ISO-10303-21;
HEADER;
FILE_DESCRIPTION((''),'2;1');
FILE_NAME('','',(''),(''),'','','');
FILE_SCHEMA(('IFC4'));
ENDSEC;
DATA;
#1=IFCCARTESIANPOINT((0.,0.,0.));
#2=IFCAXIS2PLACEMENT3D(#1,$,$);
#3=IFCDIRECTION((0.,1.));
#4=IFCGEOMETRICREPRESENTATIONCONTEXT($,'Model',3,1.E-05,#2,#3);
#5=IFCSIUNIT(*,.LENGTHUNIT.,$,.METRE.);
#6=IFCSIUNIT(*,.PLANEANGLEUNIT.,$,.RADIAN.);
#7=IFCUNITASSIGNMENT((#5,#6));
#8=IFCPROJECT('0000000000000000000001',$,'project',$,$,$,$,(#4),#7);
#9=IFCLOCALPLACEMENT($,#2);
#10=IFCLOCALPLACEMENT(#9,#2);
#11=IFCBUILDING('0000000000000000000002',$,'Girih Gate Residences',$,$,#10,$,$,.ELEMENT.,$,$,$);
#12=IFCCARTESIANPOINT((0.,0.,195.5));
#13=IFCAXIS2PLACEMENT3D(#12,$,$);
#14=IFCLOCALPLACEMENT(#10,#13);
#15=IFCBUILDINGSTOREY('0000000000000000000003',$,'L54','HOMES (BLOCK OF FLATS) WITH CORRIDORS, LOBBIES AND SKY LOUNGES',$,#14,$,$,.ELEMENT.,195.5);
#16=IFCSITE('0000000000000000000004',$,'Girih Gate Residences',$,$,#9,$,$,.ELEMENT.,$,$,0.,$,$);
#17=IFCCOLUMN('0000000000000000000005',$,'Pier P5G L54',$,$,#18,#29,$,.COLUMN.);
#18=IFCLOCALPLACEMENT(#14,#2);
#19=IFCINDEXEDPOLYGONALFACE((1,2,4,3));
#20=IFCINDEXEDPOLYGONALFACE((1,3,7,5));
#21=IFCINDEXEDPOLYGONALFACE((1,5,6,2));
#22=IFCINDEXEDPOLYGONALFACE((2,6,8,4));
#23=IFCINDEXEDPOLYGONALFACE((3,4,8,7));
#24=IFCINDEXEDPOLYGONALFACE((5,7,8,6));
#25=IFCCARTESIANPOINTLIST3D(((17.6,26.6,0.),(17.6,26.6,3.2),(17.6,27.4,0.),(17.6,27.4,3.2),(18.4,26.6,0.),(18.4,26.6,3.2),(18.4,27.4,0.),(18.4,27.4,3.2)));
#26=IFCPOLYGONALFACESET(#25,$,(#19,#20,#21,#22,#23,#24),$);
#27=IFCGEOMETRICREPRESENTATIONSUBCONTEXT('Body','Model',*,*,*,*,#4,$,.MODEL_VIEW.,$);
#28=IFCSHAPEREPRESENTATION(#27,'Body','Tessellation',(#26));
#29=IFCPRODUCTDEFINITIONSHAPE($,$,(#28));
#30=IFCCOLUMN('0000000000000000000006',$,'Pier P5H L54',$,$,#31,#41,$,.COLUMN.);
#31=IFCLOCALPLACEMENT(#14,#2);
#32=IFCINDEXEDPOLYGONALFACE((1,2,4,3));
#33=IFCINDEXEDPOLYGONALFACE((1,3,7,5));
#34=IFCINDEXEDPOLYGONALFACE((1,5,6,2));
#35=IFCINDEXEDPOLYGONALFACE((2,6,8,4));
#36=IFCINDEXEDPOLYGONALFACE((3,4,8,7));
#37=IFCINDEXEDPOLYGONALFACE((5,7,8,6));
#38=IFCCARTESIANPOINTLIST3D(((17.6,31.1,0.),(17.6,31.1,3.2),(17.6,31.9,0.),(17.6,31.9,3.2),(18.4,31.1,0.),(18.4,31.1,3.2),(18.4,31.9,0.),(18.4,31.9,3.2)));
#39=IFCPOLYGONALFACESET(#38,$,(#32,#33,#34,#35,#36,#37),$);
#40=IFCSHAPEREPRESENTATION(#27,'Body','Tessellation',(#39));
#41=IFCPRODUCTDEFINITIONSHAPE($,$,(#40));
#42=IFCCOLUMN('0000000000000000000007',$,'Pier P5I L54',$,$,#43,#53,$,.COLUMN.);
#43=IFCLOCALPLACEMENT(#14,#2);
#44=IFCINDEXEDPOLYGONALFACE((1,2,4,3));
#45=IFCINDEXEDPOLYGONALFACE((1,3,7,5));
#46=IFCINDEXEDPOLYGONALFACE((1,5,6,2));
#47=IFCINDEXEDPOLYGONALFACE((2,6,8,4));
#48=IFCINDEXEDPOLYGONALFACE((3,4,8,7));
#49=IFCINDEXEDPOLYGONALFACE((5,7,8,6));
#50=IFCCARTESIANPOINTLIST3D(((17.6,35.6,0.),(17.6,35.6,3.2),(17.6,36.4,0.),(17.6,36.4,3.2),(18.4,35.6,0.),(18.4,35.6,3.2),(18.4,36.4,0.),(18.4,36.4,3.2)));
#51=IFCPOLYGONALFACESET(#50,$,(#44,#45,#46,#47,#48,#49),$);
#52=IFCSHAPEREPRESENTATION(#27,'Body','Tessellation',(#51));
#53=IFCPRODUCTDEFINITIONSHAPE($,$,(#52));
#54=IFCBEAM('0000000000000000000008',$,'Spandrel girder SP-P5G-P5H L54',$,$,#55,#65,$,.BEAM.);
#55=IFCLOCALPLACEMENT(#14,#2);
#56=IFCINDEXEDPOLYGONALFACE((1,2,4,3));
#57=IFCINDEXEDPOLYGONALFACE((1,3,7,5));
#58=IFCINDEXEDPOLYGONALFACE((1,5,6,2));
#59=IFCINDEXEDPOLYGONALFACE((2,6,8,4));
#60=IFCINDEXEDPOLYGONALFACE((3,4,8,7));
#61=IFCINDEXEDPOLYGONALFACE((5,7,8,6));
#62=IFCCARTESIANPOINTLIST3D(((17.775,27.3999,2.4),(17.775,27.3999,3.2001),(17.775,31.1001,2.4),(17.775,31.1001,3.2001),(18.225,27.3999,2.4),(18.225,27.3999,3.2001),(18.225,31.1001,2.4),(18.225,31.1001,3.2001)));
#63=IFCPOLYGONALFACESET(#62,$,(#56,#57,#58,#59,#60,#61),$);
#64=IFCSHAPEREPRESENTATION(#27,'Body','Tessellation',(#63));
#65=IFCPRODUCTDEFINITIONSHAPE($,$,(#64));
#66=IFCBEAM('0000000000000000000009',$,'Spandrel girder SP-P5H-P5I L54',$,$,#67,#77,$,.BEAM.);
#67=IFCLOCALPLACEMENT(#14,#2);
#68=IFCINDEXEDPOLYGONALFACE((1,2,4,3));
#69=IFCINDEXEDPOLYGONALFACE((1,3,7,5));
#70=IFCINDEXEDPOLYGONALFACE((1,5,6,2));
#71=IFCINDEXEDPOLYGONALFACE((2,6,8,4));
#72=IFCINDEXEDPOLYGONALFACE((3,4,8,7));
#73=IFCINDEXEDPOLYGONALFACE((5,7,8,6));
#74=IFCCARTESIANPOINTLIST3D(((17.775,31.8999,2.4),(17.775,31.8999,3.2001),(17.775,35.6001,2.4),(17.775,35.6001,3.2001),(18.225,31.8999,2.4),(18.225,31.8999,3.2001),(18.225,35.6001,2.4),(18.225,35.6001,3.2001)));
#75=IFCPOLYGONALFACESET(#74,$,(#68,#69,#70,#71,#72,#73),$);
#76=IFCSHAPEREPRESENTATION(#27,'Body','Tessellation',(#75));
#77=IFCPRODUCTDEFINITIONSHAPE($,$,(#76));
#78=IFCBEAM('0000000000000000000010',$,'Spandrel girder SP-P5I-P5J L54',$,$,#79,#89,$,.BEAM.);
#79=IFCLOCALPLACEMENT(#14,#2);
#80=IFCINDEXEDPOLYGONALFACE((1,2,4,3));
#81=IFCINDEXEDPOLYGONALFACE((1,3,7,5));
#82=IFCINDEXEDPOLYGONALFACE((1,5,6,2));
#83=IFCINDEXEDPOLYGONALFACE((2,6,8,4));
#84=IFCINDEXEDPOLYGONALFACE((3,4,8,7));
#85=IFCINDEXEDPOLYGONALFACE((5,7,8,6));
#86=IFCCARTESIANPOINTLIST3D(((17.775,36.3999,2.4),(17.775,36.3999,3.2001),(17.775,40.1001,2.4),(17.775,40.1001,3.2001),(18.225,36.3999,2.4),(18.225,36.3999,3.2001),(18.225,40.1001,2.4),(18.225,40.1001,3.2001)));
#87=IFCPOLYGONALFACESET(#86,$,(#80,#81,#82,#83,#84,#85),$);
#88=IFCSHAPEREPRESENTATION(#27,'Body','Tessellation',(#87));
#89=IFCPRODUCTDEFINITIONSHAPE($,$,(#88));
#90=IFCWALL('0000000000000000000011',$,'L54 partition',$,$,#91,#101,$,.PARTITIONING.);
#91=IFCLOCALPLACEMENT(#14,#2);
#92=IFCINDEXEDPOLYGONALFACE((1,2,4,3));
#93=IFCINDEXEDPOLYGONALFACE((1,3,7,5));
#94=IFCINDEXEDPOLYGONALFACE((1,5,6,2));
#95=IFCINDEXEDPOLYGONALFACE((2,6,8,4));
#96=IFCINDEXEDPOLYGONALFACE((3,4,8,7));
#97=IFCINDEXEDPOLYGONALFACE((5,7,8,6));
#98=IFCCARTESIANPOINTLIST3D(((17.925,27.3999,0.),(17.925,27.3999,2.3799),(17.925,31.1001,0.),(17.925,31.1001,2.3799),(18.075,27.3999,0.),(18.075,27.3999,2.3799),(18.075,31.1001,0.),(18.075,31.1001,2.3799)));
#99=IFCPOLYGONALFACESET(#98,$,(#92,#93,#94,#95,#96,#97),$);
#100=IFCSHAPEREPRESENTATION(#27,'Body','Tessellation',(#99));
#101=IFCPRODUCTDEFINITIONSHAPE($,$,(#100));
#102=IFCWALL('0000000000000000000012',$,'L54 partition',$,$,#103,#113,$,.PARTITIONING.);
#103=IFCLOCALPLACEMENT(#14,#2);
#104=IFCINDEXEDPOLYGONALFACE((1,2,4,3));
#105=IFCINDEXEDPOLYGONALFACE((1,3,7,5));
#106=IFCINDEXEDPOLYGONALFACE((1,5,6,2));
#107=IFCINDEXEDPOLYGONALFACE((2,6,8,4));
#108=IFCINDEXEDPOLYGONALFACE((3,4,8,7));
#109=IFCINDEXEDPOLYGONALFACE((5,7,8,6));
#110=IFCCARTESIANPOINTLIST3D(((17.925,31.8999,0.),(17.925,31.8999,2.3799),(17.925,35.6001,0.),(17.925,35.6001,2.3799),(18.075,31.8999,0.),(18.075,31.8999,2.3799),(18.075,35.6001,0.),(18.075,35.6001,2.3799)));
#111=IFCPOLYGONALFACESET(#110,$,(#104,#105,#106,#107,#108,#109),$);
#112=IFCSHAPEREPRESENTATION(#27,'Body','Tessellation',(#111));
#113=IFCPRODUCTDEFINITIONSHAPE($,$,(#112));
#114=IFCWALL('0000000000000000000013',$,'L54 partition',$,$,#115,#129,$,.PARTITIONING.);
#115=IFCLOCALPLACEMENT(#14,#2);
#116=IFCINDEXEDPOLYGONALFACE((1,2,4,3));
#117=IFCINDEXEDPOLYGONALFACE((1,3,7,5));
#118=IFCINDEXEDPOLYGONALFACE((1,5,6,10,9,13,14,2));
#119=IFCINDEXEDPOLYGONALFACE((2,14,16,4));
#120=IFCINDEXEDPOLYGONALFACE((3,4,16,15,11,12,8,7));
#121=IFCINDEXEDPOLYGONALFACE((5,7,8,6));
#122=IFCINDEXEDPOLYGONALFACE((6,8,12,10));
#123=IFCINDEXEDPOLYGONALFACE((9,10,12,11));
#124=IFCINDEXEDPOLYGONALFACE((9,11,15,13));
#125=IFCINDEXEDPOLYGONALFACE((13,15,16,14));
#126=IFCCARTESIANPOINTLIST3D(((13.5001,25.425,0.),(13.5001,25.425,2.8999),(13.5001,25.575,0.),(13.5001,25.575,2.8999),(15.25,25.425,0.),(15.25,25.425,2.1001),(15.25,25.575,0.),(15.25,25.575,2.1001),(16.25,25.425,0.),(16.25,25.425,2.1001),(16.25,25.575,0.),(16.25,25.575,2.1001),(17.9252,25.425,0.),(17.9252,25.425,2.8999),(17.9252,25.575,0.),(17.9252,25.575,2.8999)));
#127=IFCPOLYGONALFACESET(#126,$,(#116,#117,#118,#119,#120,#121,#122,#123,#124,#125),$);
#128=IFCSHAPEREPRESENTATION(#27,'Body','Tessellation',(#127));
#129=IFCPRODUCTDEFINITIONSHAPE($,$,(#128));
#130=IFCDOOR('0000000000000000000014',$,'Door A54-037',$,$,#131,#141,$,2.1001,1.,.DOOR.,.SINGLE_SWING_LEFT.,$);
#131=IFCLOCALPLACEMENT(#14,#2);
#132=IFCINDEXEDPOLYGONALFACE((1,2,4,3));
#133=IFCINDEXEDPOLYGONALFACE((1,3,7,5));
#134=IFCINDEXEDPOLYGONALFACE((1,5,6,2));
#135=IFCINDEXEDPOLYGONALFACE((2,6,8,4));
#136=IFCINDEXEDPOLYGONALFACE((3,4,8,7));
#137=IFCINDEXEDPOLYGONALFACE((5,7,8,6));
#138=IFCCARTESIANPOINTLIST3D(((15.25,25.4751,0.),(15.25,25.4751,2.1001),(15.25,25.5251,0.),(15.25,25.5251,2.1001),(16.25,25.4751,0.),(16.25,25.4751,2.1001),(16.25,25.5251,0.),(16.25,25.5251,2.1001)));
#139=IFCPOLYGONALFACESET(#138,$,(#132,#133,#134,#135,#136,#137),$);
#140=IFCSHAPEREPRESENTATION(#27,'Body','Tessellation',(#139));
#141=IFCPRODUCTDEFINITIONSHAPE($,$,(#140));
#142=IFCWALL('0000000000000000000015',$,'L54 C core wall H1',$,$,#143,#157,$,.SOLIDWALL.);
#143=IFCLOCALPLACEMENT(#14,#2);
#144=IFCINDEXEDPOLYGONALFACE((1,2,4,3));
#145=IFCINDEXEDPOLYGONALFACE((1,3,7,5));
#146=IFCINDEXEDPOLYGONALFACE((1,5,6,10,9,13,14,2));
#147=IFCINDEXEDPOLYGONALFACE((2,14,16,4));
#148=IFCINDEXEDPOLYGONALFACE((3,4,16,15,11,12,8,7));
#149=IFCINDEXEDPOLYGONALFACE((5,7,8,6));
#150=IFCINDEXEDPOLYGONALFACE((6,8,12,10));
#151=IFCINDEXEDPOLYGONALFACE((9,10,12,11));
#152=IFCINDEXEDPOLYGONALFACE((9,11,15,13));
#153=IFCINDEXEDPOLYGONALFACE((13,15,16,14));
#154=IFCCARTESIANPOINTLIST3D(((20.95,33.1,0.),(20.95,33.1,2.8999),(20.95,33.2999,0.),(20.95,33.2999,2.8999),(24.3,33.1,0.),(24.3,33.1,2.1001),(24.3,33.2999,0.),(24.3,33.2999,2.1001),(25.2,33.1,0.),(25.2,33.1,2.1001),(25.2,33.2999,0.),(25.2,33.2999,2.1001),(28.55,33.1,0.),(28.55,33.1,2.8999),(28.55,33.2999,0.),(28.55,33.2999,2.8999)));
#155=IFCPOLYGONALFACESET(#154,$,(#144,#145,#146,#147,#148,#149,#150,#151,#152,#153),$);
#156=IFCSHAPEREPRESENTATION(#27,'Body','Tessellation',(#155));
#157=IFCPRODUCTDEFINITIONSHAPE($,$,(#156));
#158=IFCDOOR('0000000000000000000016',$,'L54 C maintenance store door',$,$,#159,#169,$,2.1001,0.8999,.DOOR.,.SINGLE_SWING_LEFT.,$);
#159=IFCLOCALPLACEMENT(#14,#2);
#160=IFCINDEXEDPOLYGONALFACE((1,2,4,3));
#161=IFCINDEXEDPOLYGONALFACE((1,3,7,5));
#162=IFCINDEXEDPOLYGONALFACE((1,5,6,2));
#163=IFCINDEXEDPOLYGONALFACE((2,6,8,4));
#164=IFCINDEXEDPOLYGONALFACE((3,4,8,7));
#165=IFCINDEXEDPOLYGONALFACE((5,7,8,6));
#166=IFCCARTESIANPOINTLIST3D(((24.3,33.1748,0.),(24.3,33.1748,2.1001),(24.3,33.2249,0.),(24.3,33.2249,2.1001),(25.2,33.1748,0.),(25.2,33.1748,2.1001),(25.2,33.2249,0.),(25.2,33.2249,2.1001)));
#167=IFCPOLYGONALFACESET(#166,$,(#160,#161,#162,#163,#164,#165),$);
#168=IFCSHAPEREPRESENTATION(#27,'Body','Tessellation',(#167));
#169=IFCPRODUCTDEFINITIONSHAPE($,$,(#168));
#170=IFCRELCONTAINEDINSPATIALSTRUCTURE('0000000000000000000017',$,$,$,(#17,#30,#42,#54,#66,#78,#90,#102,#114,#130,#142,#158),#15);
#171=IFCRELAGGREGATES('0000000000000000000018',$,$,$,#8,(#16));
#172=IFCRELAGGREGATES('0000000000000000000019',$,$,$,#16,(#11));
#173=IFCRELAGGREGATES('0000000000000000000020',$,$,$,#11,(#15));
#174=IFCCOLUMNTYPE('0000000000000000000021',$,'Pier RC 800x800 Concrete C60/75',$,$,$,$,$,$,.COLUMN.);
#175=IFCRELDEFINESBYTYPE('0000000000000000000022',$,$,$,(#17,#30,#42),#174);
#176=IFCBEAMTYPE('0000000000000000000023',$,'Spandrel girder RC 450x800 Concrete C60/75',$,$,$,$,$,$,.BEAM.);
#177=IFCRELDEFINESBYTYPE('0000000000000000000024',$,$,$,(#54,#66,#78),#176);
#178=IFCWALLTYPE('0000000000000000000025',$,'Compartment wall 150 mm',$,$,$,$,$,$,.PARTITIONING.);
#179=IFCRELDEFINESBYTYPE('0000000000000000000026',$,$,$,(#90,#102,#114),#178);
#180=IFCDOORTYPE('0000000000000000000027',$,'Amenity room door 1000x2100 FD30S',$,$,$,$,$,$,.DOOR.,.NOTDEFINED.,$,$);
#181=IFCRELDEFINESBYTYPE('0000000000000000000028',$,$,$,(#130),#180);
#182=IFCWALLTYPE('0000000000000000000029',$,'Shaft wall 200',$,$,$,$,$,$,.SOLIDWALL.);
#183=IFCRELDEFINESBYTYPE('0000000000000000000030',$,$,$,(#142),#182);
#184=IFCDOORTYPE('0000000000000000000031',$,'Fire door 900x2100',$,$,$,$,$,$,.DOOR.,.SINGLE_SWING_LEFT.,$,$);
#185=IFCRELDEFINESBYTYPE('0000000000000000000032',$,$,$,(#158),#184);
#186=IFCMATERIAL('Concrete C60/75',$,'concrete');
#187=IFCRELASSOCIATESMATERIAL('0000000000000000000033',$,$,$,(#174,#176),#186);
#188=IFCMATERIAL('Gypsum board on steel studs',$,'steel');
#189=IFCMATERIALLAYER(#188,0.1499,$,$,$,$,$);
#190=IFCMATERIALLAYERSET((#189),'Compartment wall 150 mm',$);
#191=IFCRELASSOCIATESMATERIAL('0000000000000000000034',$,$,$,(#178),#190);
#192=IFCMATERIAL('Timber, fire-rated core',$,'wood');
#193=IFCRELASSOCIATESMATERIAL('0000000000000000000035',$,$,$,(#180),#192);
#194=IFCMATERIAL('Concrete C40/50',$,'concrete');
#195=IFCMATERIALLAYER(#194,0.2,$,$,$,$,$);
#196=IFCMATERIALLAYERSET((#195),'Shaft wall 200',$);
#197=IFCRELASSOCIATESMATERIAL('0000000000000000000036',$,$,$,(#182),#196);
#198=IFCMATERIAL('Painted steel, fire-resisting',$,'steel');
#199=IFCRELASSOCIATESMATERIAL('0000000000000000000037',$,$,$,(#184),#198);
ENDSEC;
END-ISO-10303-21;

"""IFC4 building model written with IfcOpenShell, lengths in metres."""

from ifc_helpers import new_model, si_unit, direction, frame, frame_2d, origin, origin_2d, place, context, subcontext, project, spatial, rectangle, extrude, material, layer, layer_set, material_profile, profile_set, type_object, element, fill, save


model = new_model("IFC4")

# Units and contexts
model_context = context("Model", 3, precision=1e-05, world=origin(), true_north=direction((0.0, 1.0)))
body_context = subcontext(model_context, "Body", "Model", "MODEL_VIEW")
ifc_project = project(units=[si_unit("LENGTHUNIT", "METRE"), si_unit("PLANEANGLEUNIT", "RADIAN")], contexts=[model_context])

# Site, building, storey
site_placement = place(None, origin())
site = spatial("IfcSite", under=ifc_project, at=site_placement, Name="Girih Gate Residences", CompositionType="ELEMENT", RefElevation=0.0)
building_placement = place(site_placement, origin())
building = spatial("IfcBuilding", under=site, at=building_placement, Name="Girih Gate Residences", CompositionType="ELEMENT")
storey_placement = place(building_placement, frame((0.0, 0.0, 195.5)))
storey = spatial("IfcBuildingStorey", under=building, at=storey_placement, Name="L54", Description="HOMES (BLOCK OF FLATS) WITH CORRIDORS, LOBBIES AND SKY LOUNGES", CompositionType="ELEMENT", Elevation=195.5)

# Columns
ifc_material_1 = material(Name="Concrete C60/75", Category="concrete")
ifc_material_profile_1 = material_profile(ifc_material_1, rectangle(XDim=0.8, YDim=0.8, at=origin_2d()))
ifc_profile_set_1 = profile_set([ifc_material_profile_1], Name="Concrete C60/75")
column_type = type_object("IfcColumnType", Name="Pier RC 800x800 Concrete C60/75", PredefinedType="COLUMN", material=ifc_profile_set_1)
for number, where, z_axis, x_axis, name in (
    (1, (18.0, 27.0, 0.0), (0.0, 0.0, 1.0), (1.0, 0.0, 0.0), "Pier P5G L54"),
    (2, (18.0, 31.5, 0.0), (0.0, 0.0, 1.0), (1.0, 0.0, 0.0), "Pier P5H L54"),
    (3, (18.0, 36.0, 0.0), (0.0, 0.0, 1.0), (1.0, 0.0, 0.0), "Pier P5I L54"),
):
    element("IfcColumn", number, at=place(storey_placement, frame(where, z_axis=z_axis, x_axis=x_axis)), inside=storey, type_object=column_type, Name=name, PredefinedType="COLUMN", context=body_context, shape_type="SweptSolid", body=[
        extrude(rectangle(XDim=0.8, YDim=0.8, at=origin_2d()), origin(), (0.0, 0.0, 1.0), 3.2),
    ])

# Beams
ifc_material_profile_2 = material_profile(ifc_material_1, rectangle(XDim=0.45, YDim=0.8, at=origin_2d()))
ifc_profile_set_2 = profile_set([ifc_material_profile_2], Name="Concrete C60/75")
beam_type = type_object("IfcBeamType", Name="Spandrel girder RC 450x800 Concrete C60/75", PredefinedType="BEAM", material=ifc_profile_set_2)
for number, where, z_axis, x_axis, name in (
    (4, (18.0, 27.3999, 2.8), (0.0, 1.0, 0.0), (-1.0, 0.0, 0.0), "Spandrel girder SP-P5G-P5H L54"),
    (5, (18.0, 31.8999, 2.8), (0.0, 1.0, 0.0), (-1.0, 0.0, 0.0), "Spandrel girder SP-P5H-P5I L54"),
    (6, (18.0, 36.3999, 2.8), (0.0, 1.0, 0.0), (-1.0, 0.0, 0.0), "Spandrel girder SP-P5I-P5J L54"),
):
    element("IfcBeam", number, at=place(storey_placement, frame(where, z_axis=z_axis, x_axis=x_axis)), inside=storey, type_object=beam_type, Name=name, PredefinedType="BEAM", context=body_context, shape_type="SweptSolid", body=[
        extrude(rectangle(XDim=0.45, YDim=0.8, at=origin_2d()), origin(), (0.0, 0.0, 1.0), 3.7002),
    ])

# Walls
ifc_material_2 = material(Name="Gypsum board on steel studs", Category="steel")
ifc_layer_1 = layer(ifc_material_2, 0.1499)
ifc_layer_set_1 = layer_set([ifc_layer_1], Name="Compartment wall 150 mm")
wall_type_1 = type_object("IfcWallType", Name="Compartment wall 150 mm", PredefinedType="PARTITIONING", material=ifc_layer_set_1)
for number, where, z_axis, x_axis, name in (
    (7, (18.0, 27.3999, 0.0), (0.0, 0.0, 1.0), (0.0, 1.0, 0.0), "L54 partition"),
    (8, (18.0, 31.8999, 0.0), (0.0, 0.0, 1.0), (0.0, 1.0, 0.0), "L54 partition"),
):
    element("IfcWall", number, at=place(storey_placement, frame(where, z_axis=z_axis, x_axis=x_axis)), inside=storey, type_object=wall_type_1, Name=name, PredefinedType="PARTITIONING", context=body_context, shape_type="SweptSolid", body=[
        extrude(rectangle(XDim=3.7002, YDim=0.1499, at=frame_2d((1.8501, 0.0))), origin(), (0.0, 0.0, 1.0), 2.3799),
    ])

# Walls, openings, doors
wall_1_placement = place(storey_placement, frame((17.925, 25.5, 0.0), z_axis=(0.0, 0.0, 1.0), x_axis=(-1.0, 0.0, 0.0)))
wall_1 = element("IfcWall", 9, at=wall_1_placement, inside=storey, type_object=wall_type_1, Name="L54 partition", PredefinedType="PARTITIONING", context=body_context, shape_type="SweptSolid", body=[
    extrude(rectangle(XDim=4.425, YDim=0.1499, at=frame_2d((2.2124, 0.0))), origin(), (0.0, 0.0, 1.0), 2.8999),
])
opening_1_placement = place(wall_1_placement, frame((1.675, 0.0, 0.0)))
opening_1 = element("IfcOpeningElement", 10, at=opening_1_placement, cuts=wall_1, PredefinedType="OPENING", context=body_context, shape_type="SweptSolid", body=[
    extrude(rectangle(XDim=1.0, YDim=2.1001, at=frame_2d((0.5, 1.05))), frame((0.0, 0.085, 0.0), z_axis=(0.0, -1.0, 0.0), x_axis=(1.0, 0.0, 0.0)), (0.0, 0.0, 1.0), 0.1699),
])
ifc_material_3 = material(Name="Timber, fire-rated core", Category="wood")
door_type_1 = type_object("IfcDoorType", Name="Amenity room door 1000x2100 FD30S", OperationType="NOTDEFINED", PredefinedType="DOOR", material=ifc_material_3)
door_1_placement = place(opening_1_placement, origin())
door_1 = element("IfcDoor", 11, at=door_1_placement, inside=storey, type_object=door_type_1, Name="Door A54-037", OperationType="SINGLE_SWING_LEFT", OverallHeight=2.1001, OverallWidth=1.0, PredefinedType="DOOR", context=body_context, shape_type="SweptSolid", body=[
    extrude(rectangle(XDim=1.0, YDim=2.1001, at=frame_2d((0.5, 1.05))), frame((0.0, 0.0249, 0.0), z_axis=(0.0, -1.0, 0.0), x_axis=(1.0, 0.0, 0.0)), (0.0, 0.0, 1.0), 0.05),
])
fill(opening_1, door_1)
ifc_material_4 = material(Name="Concrete C40/50", Category="concrete")
ifc_layer_2 = layer(ifc_material_4, 0.2)
ifc_layer_set_2 = layer_set([ifc_layer_2], Name="Shaft wall 200")
wall_type_2 = type_object("IfcWallType", Name="Shaft wall 200", PredefinedType="SOLIDWALL", material=ifc_layer_set_2)
wall_2_placement = place(storey_placement, frame((20.95, 33.2, 0.0), z_axis=(0.0, 0.0, 1.0), x_axis=(1.0, 0.0, 0.0)))
wall_2 = element("IfcWall", 12, at=wall_2_placement, inside=storey, type_object=wall_type_2, Name="L54 C core wall H1", PredefinedType="SOLIDWALL", context=body_context, shape_type="SweptSolid", body=[
    extrude(rectangle(XDim=7.6001, YDim=0.2, at=frame_2d((3.8, 0.0))), origin(), (0.0, 0.0, 1.0), 2.8999),
])
opening_2_placement = place(wall_2_placement, frame((3.3501, 0.0, 0.0)))
opening_2 = element("IfcOpeningElement", 13, at=opening_2_placement, cuts=wall_2, PredefinedType="OPENING", context=body_context, shape_type="SweptSolid", body=[
    extrude(rectangle(XDim=0.8999, YDim=2.1001, at=frame_2d((0.45, 1.05))), frame((0.0, 0.1099, 0.0), z_axis=(0.0, -1.0, 0.0), x_axis=(1.0, 0.0, 0.0)), (0.0, 0.0, 1.0), 0.22),
])
ifc_material_5 = material(Name="Painted steel, fire-resisting", Category="steel")
door_type_2 = type_object("IfcDoorType", Name="Fire door 900x2100", OperationType="SINGLE_SWING_LEFT", PredefinedType="DOOR", material=ifc_material_5)
door_2_placement = place(opening_2_placement, origin())
door_2 = element("IfcDoor", 14, at=door_2_placement, inside=storey, type_object=door_type_2, Name="L54 C maintenance store door", OperationType="SINGLE_SWING_LEFT", OverallHeight=2.1001, OverallWidth=0.8999, PredefinedType="DOOR", context=body_context, shape_type="SweptSolid", body=[
    extrude(rectangle(XDim=0.8999, YDim=2.1001, at=frame_2d((0.45, 1.05))), frame((0.0, 0.0249, 0.0), z_axis=(0.0, -1.0, 0.0), x_axis=(1.0, 0.0, 0.0)), (0.0, 0.0, 1.0), 0.05),
])
fill(opening_2, door_2)

save(model, "model.ifc")
